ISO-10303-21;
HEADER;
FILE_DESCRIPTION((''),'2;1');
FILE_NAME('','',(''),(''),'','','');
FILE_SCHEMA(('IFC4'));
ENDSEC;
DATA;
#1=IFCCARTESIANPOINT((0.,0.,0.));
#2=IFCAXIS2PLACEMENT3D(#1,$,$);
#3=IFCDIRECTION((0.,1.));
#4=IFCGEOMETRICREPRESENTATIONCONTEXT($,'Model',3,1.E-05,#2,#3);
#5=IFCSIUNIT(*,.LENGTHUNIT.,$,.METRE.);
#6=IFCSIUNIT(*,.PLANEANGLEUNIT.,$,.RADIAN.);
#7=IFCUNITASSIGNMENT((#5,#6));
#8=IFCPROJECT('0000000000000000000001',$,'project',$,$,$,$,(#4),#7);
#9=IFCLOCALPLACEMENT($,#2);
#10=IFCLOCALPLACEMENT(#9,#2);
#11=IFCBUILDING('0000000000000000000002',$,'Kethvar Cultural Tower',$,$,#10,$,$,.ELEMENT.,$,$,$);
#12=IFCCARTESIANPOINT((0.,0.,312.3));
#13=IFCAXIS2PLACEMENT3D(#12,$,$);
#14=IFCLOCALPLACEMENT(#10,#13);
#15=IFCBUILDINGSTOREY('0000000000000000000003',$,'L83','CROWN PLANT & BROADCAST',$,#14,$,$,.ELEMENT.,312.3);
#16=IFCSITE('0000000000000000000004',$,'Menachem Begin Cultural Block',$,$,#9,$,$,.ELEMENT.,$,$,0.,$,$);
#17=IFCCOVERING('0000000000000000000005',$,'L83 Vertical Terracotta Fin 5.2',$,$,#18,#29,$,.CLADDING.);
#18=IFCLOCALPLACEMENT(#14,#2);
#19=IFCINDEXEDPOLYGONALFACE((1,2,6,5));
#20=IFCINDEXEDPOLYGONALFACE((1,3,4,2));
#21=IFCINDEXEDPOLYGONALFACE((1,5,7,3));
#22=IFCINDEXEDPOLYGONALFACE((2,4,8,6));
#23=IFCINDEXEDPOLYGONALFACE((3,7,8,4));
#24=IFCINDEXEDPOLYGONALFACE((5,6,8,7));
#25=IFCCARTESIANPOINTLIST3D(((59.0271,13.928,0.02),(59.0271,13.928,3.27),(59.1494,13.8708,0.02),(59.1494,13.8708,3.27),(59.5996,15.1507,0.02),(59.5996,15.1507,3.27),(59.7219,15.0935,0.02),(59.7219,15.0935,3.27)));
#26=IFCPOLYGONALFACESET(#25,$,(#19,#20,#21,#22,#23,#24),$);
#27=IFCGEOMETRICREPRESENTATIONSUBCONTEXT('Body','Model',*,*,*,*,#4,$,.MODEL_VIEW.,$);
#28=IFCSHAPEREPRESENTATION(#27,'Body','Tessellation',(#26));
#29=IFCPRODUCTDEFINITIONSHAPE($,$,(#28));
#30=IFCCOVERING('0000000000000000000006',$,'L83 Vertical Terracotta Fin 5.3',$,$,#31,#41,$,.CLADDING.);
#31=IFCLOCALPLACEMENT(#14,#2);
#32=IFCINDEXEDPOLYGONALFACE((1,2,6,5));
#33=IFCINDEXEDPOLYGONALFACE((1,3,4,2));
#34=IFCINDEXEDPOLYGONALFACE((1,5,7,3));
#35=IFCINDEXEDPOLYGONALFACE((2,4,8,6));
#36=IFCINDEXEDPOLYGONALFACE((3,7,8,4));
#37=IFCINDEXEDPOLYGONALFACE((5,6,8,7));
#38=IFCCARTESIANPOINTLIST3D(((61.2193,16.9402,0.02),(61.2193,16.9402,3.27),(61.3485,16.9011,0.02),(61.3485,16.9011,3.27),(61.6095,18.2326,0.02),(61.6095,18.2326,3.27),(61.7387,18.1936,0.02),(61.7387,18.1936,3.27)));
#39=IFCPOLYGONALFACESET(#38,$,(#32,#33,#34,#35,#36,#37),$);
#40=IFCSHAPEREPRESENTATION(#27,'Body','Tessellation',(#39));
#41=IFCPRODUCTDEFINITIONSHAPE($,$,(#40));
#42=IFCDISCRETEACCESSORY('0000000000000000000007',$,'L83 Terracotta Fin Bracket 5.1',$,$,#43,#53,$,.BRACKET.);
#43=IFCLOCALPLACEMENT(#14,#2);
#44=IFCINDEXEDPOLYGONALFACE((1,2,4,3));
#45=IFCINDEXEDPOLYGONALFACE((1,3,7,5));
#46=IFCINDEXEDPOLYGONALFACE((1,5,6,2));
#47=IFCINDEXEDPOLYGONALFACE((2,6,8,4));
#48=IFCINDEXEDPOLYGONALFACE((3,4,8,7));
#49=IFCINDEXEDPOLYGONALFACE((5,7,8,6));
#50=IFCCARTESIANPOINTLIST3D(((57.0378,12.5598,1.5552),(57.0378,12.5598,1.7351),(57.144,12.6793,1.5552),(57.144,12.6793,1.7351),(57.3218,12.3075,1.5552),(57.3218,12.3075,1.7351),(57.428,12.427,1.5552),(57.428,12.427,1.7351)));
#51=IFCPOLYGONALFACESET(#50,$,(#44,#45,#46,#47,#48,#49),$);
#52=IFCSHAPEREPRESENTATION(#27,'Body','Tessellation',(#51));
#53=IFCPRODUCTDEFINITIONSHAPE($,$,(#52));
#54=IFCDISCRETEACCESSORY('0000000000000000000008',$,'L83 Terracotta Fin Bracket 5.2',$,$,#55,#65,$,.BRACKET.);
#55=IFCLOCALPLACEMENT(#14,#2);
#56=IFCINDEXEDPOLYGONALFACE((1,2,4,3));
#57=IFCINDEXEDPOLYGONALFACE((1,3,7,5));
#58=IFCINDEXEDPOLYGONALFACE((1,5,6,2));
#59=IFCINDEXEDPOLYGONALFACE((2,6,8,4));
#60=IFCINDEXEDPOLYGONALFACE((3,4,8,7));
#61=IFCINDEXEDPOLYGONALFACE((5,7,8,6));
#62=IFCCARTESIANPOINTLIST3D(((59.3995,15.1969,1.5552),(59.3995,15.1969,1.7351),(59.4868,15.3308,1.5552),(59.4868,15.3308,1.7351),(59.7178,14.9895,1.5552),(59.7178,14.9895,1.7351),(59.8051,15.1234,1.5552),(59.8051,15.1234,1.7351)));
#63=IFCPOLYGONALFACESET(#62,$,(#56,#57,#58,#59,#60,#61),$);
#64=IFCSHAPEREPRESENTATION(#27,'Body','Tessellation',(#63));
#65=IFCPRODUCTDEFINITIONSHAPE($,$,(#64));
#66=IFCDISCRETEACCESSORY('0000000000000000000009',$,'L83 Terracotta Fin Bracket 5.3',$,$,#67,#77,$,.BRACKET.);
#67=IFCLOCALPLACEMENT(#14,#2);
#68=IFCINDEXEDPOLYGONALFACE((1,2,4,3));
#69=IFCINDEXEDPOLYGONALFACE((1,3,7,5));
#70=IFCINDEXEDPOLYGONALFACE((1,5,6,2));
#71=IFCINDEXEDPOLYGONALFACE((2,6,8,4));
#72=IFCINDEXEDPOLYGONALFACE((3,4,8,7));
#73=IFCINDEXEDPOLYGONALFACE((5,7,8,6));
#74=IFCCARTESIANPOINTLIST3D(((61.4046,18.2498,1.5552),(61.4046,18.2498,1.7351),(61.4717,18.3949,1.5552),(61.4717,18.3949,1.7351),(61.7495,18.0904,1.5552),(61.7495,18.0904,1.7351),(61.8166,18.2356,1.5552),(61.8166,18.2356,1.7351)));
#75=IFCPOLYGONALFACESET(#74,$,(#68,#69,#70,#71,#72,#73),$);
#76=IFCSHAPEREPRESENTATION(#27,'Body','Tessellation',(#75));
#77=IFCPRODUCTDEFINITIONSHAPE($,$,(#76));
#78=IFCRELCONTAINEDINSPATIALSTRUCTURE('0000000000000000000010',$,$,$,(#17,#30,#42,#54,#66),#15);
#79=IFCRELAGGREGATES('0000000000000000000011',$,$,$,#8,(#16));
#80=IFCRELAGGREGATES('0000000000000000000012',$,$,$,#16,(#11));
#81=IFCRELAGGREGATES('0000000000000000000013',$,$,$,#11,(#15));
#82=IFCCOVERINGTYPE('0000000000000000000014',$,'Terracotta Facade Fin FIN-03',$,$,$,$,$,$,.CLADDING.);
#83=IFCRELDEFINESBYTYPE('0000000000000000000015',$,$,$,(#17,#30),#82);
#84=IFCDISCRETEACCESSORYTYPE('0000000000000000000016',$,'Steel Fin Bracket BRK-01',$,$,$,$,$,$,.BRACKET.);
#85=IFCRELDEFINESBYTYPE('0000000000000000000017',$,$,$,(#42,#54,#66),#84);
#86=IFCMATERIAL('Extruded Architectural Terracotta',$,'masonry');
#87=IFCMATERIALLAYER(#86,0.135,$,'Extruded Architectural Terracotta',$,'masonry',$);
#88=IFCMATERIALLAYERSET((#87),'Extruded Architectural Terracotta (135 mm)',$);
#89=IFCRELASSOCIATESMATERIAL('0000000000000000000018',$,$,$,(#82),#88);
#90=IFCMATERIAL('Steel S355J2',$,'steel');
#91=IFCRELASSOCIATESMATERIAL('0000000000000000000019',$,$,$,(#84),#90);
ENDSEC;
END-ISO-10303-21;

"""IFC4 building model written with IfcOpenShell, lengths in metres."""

from ifc_helpers import new_model, si_unit, direction, frame, origin, origin_2d, place, context, subcontext, project, spatial, rectangle, extrude, source, transform, mapped, material, layer, layer_set, type_object, element, save


model = new_model("IFC4")

# Units and contexts
model_context = context("Model", 3, precision=1e-05, world=origin(), true_north=direction((0.0, 1.0)))
body_context = subcontext(model_context, "Body", "Model", "MODEL_VIEW")
ifc_project = project(units=[si_unit("LENGTHUNIT", "METRE"), si_unit("PLANEANGLEUNIT", "RADIAN")], contexts=[model_context])

# Site, building, storey
site_placement = place(None, origin())
site = spatial("IfcSite", under=ifc_project, at=site_placement, Name="Menachem Begin Cultural Block", CompositionType="ELEMENT", RefElevation=0.0)
building_placement = place(site_placement, origin())
building = spatial("IfcBuilding", under=site, at=building_placement, Name="Kethvar Cultural Tower", CompositionType="ELEMENT")
storey_placement = place(building_placement, frame((0.0, 0.0, 312.3)))
storey = spatial("IfcBuildingStorey", under=building, at=storey_placement, Name="L83", Description="CROWN PLANT & BROADCAST", CompositionType="ELEMENT", Elevation=312.3)

# Shared definitions
ifc_material_1 = material(Name="Steel S355J2", Category="steel")

# Coverings
ifc_material_2 = material(Name="Extruded Architectural Terracotta", Category="masonry")
ifc_layer_1 = layer(ifc_material_2, 0.135, Name="Extruded Architectural Terracotta", Category="masonry")
ifc_layer_set_1 = layer_set([ifc_layer_1], Name="Extruded Architectural Terracotta (135 mm)")
covering_type = type_object("IfcCoveringType", Name="Terracotta Facade Fin FIN-03", PredefinedType="CLADDING", material=ifc_layer_set_1)
shared_shape_1 = source(origin(), body_context, "Body", "SweptSolid", [
    extrude(rectangle(XDim=1.3501, YDim=0.135, at=origin_2d()), origin(), (0.0, 0.0, 1.0), 3.25),
])
for number, where, z_axis, x_axis, name in (
    (1, (59.3745, 14.5107, 0.02), (0.0, 0.0, 1.0), (-0.424041, -0.905643, 0.0), "L83 Vertical Terracotta Fin 5.2"),
    (2, (61.479, 17.5669, 0.02), (0.0, 0.0, 1.0), (-0.289032, -0.957319, 0.0), "L83 Vertical Terracotta Fin 5.3"),
):
    element("IfcCovering", number, at=place(storey_placement, frame(where, z_axis=z_axis, x_axis=x_axis)), inside=storey, type_object=covering_type, Name=name, PredefinedType="CLADDING", context=body_context, shape_type="MappedRepresentation", body=[
        mapped(shared_shape_1, transform((0.0, 0.0, 0.0), scale=1.0)),
    ])

# Discrete accessories
discrete_accessory_type = type_object("IfcDiscreteAccessoryType", Name="Steel Fin Bracket BRK-01", PredefinedType="BRACKET", material=ifc_material_1)
shared_shape_2 = source(origin(), body_context, "Body", "SweptSolid", [
    extrude(rectangle(XDim=0.3799, YDim=0.1599, at=origin_2d()), origin(), (0.0, 0.0, 1.0), 0.1799),
])
for number, where, z_axis, x_axis, name in (
    (3, (57.2329, 12.4934, 1.5552), (0.0, 0.0, 1.0), (0.747566, -0.664187, 0.0), "L83 Terracotta Fin Bracket 5.1"),
    (4, (59.6023, 15.1602, 1.5552), (0.0, 0.0, 1.0), (0.837814, -0.545956, 0.0), "L83 Terracotta Fin Bracket 5.2"),
    (5, (61.6106, 18.2427, 1.5552), (0.0, 0.0, 1.0), (0.907777, -0.419452, 0.0), "L83 Terracotta Fin Bracket 5.3"),
):
    element("IfcDiscreteAccessory", number, at=place(storey_placement, frame(where, z_axis=z_axis, x_axis=x_axis)), inside=storey, type_object=discrete_accessory_type, Name=name, PredefinedType="BRACKET", context=body_context, shape_type="MappedRepresentation", body=[
        mapped(shared_shape_2, transform((0.0, 0.0, 0.0), scale=1.0)),
    ])

save(model, "model.ifc")
